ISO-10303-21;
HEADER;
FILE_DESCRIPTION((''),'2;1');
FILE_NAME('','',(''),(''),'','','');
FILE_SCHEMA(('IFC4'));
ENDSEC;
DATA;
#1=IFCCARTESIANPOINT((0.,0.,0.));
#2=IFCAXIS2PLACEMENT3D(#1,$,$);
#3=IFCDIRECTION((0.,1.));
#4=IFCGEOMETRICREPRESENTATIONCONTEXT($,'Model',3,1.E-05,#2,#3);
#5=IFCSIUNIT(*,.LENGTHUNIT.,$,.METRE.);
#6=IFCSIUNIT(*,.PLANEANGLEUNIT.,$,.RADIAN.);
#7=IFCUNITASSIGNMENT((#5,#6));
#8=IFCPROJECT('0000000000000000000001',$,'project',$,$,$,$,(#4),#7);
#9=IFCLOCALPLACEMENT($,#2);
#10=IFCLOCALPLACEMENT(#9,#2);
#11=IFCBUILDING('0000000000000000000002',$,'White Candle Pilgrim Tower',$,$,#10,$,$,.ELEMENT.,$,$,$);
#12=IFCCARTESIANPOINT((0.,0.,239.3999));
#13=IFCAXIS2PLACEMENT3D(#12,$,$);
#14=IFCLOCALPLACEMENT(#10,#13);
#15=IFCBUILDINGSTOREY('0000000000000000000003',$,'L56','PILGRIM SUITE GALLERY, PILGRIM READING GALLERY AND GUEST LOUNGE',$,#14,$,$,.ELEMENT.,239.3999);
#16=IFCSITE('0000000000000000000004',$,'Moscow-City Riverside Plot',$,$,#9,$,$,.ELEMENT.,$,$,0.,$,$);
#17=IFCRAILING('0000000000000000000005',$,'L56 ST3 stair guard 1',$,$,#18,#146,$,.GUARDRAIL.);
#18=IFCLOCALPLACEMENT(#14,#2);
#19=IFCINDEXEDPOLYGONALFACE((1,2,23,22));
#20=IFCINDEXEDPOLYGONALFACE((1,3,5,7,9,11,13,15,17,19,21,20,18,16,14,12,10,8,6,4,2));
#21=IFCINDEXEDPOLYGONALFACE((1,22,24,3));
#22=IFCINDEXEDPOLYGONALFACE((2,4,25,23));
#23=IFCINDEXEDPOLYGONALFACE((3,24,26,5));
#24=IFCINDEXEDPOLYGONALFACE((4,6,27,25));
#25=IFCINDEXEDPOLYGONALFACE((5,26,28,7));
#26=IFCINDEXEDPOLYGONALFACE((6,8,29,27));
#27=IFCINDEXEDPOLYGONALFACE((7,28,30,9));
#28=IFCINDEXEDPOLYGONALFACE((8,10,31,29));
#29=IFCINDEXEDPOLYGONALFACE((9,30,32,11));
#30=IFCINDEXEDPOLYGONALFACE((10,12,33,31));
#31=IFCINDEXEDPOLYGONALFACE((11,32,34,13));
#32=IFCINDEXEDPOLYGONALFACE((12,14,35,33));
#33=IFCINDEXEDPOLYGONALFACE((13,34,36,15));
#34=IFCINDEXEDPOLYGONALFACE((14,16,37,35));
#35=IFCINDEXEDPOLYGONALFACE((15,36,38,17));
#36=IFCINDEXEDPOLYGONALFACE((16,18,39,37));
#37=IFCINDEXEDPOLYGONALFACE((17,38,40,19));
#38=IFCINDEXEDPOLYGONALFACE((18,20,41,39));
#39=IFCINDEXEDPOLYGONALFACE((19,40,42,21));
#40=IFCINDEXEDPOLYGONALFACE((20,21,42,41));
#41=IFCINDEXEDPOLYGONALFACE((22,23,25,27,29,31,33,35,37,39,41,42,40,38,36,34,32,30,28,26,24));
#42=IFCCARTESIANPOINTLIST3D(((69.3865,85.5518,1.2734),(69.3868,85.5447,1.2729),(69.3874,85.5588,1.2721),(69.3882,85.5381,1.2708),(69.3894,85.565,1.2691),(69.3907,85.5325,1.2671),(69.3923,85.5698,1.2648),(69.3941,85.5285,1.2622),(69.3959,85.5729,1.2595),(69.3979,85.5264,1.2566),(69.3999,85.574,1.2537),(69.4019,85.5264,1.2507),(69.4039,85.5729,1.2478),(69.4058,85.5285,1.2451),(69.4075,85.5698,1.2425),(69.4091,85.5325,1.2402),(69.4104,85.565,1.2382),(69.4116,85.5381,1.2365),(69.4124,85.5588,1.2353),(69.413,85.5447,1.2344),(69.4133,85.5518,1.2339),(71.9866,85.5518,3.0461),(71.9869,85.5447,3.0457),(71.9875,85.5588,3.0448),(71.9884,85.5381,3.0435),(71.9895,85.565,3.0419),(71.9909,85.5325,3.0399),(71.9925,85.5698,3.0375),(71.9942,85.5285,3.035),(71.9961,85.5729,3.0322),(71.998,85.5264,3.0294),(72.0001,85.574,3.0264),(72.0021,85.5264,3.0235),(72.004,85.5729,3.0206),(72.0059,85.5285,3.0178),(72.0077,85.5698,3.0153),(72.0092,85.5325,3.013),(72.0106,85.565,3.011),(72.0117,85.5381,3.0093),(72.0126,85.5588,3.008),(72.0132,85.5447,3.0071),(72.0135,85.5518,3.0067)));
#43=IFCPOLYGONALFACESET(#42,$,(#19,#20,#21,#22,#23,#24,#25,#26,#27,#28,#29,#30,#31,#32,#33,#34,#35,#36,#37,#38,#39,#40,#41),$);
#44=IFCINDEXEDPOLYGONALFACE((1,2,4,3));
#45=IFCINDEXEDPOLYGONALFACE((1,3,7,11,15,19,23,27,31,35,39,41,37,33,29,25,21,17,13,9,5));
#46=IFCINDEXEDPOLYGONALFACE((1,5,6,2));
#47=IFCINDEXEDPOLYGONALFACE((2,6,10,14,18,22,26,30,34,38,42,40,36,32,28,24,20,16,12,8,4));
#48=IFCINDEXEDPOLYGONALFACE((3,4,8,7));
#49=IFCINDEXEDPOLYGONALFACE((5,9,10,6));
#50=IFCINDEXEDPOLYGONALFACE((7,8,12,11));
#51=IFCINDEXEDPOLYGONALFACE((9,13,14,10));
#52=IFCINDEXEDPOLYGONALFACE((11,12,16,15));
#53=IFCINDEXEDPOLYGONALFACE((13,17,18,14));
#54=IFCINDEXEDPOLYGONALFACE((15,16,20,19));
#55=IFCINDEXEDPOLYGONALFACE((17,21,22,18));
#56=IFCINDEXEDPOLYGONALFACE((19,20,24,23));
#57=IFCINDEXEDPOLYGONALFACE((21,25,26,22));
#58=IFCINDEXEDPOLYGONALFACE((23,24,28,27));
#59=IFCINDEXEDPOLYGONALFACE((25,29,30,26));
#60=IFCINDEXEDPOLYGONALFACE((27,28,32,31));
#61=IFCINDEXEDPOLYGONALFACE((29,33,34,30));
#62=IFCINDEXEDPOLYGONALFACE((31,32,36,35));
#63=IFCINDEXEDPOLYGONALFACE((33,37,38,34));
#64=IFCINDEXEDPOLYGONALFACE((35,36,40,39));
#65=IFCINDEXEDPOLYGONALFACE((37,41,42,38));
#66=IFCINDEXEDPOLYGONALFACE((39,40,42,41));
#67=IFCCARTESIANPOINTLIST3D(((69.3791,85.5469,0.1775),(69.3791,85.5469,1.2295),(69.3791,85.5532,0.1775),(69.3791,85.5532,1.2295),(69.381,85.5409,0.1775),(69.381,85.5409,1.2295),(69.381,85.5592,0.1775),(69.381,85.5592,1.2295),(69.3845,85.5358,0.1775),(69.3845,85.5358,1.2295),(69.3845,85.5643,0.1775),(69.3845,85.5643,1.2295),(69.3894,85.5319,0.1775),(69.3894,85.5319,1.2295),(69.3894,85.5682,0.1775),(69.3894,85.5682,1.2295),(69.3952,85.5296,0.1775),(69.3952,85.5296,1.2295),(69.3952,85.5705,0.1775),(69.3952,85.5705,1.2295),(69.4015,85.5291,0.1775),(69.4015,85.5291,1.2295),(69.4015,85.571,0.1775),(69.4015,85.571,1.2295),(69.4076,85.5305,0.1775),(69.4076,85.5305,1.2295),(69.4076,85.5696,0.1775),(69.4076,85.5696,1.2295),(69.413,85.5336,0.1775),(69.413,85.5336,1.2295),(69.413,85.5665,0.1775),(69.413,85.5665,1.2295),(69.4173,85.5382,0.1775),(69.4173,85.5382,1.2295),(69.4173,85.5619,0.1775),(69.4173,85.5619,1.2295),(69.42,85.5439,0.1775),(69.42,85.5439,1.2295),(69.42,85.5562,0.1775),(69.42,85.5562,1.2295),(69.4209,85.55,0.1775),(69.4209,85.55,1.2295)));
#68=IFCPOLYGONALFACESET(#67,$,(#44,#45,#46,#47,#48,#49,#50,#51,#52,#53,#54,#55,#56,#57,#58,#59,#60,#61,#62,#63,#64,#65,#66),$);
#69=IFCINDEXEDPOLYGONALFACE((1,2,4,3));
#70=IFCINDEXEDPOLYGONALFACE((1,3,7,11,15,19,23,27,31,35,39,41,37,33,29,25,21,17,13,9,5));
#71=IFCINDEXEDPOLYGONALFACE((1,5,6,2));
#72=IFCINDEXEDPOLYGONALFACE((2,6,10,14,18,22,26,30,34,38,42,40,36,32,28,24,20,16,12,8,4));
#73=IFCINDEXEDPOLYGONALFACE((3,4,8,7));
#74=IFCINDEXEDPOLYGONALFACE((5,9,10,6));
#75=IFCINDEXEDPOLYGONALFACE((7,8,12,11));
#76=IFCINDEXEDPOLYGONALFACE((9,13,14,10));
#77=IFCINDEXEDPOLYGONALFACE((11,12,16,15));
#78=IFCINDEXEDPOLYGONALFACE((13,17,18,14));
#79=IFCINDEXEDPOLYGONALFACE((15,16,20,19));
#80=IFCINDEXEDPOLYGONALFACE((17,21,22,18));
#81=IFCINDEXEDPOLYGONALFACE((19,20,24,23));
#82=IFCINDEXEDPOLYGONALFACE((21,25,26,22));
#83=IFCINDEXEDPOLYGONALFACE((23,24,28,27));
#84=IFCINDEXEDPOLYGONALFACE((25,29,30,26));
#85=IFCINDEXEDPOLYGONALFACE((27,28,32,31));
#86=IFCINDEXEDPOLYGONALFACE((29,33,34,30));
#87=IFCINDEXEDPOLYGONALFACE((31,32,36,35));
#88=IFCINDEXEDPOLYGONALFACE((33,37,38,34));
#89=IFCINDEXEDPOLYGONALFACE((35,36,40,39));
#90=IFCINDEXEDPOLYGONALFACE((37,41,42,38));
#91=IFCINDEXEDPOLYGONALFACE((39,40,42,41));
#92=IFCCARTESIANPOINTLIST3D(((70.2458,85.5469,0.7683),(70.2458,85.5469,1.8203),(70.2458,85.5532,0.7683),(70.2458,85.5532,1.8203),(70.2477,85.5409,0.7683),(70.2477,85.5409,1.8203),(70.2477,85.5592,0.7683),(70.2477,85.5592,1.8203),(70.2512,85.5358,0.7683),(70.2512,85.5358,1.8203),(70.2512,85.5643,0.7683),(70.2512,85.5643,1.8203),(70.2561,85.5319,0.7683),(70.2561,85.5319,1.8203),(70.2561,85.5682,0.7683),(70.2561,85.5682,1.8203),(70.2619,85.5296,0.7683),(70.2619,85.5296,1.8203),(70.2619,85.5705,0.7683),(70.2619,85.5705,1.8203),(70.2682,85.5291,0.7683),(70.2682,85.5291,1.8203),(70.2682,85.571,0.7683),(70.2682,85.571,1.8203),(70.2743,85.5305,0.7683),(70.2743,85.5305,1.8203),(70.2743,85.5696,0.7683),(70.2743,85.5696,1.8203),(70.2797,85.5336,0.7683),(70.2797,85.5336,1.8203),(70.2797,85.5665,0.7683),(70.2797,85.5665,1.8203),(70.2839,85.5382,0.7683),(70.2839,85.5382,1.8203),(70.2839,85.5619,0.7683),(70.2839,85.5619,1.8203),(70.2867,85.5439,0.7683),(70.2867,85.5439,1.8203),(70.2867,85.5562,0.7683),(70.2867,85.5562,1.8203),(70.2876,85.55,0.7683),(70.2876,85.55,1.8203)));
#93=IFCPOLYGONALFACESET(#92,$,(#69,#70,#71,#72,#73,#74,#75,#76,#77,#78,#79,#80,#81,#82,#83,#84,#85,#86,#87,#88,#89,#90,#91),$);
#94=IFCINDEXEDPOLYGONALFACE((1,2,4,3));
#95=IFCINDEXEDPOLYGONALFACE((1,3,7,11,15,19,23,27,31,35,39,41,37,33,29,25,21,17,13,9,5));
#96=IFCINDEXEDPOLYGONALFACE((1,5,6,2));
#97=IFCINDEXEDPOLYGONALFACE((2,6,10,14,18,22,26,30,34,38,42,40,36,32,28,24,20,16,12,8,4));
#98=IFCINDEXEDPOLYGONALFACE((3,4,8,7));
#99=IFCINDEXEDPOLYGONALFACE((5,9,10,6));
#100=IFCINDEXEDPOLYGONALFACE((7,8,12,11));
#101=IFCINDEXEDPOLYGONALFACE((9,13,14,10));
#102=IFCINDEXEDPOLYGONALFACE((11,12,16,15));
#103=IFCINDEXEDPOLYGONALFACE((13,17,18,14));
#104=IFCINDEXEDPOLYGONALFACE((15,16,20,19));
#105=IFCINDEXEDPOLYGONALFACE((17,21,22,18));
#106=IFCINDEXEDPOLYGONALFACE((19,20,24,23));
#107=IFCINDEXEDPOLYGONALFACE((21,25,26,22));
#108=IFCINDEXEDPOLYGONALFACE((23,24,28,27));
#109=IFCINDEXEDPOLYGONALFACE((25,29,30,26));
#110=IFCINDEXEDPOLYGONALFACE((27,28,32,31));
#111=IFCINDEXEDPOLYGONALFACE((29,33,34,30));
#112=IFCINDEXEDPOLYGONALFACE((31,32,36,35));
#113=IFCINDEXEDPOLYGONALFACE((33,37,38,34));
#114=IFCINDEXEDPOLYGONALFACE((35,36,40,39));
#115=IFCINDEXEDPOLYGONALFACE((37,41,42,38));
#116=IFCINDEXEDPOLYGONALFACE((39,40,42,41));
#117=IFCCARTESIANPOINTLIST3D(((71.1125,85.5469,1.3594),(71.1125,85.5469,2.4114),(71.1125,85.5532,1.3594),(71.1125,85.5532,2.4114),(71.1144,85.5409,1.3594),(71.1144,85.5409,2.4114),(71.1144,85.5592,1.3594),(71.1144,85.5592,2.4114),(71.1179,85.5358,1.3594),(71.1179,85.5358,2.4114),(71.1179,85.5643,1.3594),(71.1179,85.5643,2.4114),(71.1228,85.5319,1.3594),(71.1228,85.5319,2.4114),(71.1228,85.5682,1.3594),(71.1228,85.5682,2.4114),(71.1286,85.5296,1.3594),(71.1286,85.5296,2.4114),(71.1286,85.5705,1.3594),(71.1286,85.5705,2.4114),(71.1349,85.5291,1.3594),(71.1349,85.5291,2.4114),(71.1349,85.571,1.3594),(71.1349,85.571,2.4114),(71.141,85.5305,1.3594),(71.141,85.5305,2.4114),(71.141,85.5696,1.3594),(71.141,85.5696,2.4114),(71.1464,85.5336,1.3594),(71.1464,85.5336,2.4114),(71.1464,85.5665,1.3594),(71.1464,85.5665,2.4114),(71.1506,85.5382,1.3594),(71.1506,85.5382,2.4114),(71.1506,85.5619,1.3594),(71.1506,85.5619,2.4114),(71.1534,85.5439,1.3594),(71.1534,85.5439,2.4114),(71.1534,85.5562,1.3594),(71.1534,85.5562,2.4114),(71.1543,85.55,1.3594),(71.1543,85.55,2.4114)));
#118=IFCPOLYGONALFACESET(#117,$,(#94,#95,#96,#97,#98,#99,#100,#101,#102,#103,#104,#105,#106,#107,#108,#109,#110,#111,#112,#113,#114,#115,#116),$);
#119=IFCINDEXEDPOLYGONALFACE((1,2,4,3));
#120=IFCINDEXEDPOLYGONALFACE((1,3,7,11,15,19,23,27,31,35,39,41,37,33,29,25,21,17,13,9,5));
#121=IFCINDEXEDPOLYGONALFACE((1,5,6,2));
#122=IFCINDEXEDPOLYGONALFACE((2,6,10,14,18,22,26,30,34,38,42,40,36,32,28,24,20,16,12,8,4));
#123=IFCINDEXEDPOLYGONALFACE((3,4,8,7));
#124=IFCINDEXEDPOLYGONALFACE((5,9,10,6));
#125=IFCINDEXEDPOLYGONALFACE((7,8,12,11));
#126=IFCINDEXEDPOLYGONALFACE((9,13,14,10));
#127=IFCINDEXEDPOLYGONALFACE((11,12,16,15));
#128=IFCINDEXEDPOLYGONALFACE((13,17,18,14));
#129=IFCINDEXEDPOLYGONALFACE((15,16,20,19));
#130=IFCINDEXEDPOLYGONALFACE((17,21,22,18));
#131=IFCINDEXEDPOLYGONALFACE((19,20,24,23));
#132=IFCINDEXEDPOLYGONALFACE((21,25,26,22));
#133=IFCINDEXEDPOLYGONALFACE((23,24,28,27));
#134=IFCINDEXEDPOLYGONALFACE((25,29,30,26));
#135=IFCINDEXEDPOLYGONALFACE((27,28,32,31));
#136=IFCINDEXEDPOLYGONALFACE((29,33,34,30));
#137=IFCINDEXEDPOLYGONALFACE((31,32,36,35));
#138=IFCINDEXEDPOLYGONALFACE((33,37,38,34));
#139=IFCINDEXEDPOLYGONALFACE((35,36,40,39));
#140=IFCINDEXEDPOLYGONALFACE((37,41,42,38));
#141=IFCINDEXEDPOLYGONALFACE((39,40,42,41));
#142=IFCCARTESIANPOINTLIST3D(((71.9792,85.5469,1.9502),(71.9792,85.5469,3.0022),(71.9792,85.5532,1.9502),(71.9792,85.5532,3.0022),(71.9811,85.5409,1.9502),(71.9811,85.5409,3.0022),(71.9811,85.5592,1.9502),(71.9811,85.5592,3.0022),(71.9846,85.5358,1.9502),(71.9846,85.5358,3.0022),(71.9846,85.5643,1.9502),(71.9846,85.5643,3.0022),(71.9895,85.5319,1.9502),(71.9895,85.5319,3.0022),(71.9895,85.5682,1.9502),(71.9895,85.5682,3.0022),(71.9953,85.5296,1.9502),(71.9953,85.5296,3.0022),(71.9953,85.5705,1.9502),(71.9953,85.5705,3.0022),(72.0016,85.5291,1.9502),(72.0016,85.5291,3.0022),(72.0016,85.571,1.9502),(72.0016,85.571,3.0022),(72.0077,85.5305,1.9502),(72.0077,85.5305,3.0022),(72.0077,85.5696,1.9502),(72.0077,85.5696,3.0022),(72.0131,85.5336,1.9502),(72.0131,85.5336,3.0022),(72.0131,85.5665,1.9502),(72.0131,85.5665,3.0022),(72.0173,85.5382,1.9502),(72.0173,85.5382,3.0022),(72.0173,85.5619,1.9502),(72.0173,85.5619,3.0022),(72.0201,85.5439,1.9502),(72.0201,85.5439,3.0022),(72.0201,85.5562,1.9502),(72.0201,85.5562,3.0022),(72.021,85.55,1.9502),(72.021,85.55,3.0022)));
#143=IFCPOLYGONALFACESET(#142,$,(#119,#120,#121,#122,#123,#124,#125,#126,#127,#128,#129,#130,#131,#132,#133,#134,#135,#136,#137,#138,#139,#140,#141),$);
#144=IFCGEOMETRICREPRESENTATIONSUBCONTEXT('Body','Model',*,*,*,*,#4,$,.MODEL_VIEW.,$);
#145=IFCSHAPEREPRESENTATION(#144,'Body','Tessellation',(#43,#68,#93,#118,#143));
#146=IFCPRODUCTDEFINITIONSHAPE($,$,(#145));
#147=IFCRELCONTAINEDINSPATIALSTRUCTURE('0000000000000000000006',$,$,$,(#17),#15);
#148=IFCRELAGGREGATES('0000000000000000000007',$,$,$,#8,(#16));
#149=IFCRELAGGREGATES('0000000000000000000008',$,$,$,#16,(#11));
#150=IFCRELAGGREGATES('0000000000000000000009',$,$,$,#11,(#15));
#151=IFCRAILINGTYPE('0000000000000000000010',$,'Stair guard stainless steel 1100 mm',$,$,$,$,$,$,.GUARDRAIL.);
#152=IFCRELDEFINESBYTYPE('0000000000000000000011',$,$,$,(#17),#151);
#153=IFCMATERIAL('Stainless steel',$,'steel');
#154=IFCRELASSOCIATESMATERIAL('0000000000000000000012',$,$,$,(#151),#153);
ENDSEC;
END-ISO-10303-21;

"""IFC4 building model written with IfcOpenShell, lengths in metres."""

from ifc_helpers import new_model, si_unit, direction, frame, origin, origin_2d, place, context, subcontext, project, spatial, circle, extrude, material, type_object, element, save


model = new_model("IFC4")

# Units and contexts
model_context = context("Model", 3, precision=1e-05, world=origin(), true_north=direction((0.0, 1.0)))
body_context = subcontext(model_context, "Body", "Model", "MODEL_VIEW")
ifc_project = project(units=[si_unit("LENGTHUNIT", "METRE"), si_unit("PLANEANGLEUNIT", "RADIAN")], contexts=[model_context])

# Site, building, storey
site_placement = place(None, origin())
site = spatial("IfcSite", under=ifc_project, at=site_placement, Name="Moscow-City Riverside Plot", CompositionType="ELEMENT", RefElevation=0.0)
building_placement = place(site_placement, origin())
building = spatial("IfcBuilding", under=site, at=building_placement, Name="White Candle Pilgrim Tower", CompositionType="ELEMENT")
storey_placement = place(building_placement, frame((0.0, 0.0, 239.3999)))
storey = spatial("IfcBuildingStorey", under=building, at=storey_placement, Name="L56", Description="PILGRIM SUITE GALLERY, PILGRIM READING GALLERY AND GUEST LOUNGE", CompositionType="ELEMENT", Elevation=239.3999)

# Shared definitions
ifc_material_1 = material(Name="Stainless steel", Category="steel")

# Railing
railing_type_1 = type_object("IfcRailingType", Name="Stair guard stainless steel 1100 mm", PredefinedType="GUARDRAIL", material=ifc_material_1)
railing_1_placement = place(storey_placement, frame((69.3999, 85.55, 0.1775)))
element("IfcRailing", 1, at=railing_1_placement, inside=storey, type_object=railing_type_1, Name="L56 ST3 stair guard 1", PredefinedType="GUARDRAIL", context=body_context, shape_type="SweptSolid", body=[
    extrude(circle(Radius=0.0239, at=origin_2d()), frame((0.0, 0.0, 1.0762), z_axis=(0.82624, 0.0, 0.563318), x_axis=(0.0, 1.0, 0.0)), (0.0, 0.0, 1.0), 3.147),
    extrude(circle(Radius=0.021, at=origin_2d()), origin(), (0.0, 0.0, 1.0), 1.052),
    extrude(circle(Radius=0.021, at=origin_2d()), frame((0.8667, 0.0, 0.5908)), (0.0, 0.0, 1.0), 1.052),
    extrude(circle(Radius=0.021, at=origin_2d()), frame((1.7334, 0.0, 1.1819)), (0.0, 0.0, 1.0), 1.052),
    extrude(circle(Radius=0.021, at=origin_2d()), frame((2.6001, 0.0, 1.7727)), (0.0, 0.0, 1.0), 1.052),
])

save(model, "model.ifc")
